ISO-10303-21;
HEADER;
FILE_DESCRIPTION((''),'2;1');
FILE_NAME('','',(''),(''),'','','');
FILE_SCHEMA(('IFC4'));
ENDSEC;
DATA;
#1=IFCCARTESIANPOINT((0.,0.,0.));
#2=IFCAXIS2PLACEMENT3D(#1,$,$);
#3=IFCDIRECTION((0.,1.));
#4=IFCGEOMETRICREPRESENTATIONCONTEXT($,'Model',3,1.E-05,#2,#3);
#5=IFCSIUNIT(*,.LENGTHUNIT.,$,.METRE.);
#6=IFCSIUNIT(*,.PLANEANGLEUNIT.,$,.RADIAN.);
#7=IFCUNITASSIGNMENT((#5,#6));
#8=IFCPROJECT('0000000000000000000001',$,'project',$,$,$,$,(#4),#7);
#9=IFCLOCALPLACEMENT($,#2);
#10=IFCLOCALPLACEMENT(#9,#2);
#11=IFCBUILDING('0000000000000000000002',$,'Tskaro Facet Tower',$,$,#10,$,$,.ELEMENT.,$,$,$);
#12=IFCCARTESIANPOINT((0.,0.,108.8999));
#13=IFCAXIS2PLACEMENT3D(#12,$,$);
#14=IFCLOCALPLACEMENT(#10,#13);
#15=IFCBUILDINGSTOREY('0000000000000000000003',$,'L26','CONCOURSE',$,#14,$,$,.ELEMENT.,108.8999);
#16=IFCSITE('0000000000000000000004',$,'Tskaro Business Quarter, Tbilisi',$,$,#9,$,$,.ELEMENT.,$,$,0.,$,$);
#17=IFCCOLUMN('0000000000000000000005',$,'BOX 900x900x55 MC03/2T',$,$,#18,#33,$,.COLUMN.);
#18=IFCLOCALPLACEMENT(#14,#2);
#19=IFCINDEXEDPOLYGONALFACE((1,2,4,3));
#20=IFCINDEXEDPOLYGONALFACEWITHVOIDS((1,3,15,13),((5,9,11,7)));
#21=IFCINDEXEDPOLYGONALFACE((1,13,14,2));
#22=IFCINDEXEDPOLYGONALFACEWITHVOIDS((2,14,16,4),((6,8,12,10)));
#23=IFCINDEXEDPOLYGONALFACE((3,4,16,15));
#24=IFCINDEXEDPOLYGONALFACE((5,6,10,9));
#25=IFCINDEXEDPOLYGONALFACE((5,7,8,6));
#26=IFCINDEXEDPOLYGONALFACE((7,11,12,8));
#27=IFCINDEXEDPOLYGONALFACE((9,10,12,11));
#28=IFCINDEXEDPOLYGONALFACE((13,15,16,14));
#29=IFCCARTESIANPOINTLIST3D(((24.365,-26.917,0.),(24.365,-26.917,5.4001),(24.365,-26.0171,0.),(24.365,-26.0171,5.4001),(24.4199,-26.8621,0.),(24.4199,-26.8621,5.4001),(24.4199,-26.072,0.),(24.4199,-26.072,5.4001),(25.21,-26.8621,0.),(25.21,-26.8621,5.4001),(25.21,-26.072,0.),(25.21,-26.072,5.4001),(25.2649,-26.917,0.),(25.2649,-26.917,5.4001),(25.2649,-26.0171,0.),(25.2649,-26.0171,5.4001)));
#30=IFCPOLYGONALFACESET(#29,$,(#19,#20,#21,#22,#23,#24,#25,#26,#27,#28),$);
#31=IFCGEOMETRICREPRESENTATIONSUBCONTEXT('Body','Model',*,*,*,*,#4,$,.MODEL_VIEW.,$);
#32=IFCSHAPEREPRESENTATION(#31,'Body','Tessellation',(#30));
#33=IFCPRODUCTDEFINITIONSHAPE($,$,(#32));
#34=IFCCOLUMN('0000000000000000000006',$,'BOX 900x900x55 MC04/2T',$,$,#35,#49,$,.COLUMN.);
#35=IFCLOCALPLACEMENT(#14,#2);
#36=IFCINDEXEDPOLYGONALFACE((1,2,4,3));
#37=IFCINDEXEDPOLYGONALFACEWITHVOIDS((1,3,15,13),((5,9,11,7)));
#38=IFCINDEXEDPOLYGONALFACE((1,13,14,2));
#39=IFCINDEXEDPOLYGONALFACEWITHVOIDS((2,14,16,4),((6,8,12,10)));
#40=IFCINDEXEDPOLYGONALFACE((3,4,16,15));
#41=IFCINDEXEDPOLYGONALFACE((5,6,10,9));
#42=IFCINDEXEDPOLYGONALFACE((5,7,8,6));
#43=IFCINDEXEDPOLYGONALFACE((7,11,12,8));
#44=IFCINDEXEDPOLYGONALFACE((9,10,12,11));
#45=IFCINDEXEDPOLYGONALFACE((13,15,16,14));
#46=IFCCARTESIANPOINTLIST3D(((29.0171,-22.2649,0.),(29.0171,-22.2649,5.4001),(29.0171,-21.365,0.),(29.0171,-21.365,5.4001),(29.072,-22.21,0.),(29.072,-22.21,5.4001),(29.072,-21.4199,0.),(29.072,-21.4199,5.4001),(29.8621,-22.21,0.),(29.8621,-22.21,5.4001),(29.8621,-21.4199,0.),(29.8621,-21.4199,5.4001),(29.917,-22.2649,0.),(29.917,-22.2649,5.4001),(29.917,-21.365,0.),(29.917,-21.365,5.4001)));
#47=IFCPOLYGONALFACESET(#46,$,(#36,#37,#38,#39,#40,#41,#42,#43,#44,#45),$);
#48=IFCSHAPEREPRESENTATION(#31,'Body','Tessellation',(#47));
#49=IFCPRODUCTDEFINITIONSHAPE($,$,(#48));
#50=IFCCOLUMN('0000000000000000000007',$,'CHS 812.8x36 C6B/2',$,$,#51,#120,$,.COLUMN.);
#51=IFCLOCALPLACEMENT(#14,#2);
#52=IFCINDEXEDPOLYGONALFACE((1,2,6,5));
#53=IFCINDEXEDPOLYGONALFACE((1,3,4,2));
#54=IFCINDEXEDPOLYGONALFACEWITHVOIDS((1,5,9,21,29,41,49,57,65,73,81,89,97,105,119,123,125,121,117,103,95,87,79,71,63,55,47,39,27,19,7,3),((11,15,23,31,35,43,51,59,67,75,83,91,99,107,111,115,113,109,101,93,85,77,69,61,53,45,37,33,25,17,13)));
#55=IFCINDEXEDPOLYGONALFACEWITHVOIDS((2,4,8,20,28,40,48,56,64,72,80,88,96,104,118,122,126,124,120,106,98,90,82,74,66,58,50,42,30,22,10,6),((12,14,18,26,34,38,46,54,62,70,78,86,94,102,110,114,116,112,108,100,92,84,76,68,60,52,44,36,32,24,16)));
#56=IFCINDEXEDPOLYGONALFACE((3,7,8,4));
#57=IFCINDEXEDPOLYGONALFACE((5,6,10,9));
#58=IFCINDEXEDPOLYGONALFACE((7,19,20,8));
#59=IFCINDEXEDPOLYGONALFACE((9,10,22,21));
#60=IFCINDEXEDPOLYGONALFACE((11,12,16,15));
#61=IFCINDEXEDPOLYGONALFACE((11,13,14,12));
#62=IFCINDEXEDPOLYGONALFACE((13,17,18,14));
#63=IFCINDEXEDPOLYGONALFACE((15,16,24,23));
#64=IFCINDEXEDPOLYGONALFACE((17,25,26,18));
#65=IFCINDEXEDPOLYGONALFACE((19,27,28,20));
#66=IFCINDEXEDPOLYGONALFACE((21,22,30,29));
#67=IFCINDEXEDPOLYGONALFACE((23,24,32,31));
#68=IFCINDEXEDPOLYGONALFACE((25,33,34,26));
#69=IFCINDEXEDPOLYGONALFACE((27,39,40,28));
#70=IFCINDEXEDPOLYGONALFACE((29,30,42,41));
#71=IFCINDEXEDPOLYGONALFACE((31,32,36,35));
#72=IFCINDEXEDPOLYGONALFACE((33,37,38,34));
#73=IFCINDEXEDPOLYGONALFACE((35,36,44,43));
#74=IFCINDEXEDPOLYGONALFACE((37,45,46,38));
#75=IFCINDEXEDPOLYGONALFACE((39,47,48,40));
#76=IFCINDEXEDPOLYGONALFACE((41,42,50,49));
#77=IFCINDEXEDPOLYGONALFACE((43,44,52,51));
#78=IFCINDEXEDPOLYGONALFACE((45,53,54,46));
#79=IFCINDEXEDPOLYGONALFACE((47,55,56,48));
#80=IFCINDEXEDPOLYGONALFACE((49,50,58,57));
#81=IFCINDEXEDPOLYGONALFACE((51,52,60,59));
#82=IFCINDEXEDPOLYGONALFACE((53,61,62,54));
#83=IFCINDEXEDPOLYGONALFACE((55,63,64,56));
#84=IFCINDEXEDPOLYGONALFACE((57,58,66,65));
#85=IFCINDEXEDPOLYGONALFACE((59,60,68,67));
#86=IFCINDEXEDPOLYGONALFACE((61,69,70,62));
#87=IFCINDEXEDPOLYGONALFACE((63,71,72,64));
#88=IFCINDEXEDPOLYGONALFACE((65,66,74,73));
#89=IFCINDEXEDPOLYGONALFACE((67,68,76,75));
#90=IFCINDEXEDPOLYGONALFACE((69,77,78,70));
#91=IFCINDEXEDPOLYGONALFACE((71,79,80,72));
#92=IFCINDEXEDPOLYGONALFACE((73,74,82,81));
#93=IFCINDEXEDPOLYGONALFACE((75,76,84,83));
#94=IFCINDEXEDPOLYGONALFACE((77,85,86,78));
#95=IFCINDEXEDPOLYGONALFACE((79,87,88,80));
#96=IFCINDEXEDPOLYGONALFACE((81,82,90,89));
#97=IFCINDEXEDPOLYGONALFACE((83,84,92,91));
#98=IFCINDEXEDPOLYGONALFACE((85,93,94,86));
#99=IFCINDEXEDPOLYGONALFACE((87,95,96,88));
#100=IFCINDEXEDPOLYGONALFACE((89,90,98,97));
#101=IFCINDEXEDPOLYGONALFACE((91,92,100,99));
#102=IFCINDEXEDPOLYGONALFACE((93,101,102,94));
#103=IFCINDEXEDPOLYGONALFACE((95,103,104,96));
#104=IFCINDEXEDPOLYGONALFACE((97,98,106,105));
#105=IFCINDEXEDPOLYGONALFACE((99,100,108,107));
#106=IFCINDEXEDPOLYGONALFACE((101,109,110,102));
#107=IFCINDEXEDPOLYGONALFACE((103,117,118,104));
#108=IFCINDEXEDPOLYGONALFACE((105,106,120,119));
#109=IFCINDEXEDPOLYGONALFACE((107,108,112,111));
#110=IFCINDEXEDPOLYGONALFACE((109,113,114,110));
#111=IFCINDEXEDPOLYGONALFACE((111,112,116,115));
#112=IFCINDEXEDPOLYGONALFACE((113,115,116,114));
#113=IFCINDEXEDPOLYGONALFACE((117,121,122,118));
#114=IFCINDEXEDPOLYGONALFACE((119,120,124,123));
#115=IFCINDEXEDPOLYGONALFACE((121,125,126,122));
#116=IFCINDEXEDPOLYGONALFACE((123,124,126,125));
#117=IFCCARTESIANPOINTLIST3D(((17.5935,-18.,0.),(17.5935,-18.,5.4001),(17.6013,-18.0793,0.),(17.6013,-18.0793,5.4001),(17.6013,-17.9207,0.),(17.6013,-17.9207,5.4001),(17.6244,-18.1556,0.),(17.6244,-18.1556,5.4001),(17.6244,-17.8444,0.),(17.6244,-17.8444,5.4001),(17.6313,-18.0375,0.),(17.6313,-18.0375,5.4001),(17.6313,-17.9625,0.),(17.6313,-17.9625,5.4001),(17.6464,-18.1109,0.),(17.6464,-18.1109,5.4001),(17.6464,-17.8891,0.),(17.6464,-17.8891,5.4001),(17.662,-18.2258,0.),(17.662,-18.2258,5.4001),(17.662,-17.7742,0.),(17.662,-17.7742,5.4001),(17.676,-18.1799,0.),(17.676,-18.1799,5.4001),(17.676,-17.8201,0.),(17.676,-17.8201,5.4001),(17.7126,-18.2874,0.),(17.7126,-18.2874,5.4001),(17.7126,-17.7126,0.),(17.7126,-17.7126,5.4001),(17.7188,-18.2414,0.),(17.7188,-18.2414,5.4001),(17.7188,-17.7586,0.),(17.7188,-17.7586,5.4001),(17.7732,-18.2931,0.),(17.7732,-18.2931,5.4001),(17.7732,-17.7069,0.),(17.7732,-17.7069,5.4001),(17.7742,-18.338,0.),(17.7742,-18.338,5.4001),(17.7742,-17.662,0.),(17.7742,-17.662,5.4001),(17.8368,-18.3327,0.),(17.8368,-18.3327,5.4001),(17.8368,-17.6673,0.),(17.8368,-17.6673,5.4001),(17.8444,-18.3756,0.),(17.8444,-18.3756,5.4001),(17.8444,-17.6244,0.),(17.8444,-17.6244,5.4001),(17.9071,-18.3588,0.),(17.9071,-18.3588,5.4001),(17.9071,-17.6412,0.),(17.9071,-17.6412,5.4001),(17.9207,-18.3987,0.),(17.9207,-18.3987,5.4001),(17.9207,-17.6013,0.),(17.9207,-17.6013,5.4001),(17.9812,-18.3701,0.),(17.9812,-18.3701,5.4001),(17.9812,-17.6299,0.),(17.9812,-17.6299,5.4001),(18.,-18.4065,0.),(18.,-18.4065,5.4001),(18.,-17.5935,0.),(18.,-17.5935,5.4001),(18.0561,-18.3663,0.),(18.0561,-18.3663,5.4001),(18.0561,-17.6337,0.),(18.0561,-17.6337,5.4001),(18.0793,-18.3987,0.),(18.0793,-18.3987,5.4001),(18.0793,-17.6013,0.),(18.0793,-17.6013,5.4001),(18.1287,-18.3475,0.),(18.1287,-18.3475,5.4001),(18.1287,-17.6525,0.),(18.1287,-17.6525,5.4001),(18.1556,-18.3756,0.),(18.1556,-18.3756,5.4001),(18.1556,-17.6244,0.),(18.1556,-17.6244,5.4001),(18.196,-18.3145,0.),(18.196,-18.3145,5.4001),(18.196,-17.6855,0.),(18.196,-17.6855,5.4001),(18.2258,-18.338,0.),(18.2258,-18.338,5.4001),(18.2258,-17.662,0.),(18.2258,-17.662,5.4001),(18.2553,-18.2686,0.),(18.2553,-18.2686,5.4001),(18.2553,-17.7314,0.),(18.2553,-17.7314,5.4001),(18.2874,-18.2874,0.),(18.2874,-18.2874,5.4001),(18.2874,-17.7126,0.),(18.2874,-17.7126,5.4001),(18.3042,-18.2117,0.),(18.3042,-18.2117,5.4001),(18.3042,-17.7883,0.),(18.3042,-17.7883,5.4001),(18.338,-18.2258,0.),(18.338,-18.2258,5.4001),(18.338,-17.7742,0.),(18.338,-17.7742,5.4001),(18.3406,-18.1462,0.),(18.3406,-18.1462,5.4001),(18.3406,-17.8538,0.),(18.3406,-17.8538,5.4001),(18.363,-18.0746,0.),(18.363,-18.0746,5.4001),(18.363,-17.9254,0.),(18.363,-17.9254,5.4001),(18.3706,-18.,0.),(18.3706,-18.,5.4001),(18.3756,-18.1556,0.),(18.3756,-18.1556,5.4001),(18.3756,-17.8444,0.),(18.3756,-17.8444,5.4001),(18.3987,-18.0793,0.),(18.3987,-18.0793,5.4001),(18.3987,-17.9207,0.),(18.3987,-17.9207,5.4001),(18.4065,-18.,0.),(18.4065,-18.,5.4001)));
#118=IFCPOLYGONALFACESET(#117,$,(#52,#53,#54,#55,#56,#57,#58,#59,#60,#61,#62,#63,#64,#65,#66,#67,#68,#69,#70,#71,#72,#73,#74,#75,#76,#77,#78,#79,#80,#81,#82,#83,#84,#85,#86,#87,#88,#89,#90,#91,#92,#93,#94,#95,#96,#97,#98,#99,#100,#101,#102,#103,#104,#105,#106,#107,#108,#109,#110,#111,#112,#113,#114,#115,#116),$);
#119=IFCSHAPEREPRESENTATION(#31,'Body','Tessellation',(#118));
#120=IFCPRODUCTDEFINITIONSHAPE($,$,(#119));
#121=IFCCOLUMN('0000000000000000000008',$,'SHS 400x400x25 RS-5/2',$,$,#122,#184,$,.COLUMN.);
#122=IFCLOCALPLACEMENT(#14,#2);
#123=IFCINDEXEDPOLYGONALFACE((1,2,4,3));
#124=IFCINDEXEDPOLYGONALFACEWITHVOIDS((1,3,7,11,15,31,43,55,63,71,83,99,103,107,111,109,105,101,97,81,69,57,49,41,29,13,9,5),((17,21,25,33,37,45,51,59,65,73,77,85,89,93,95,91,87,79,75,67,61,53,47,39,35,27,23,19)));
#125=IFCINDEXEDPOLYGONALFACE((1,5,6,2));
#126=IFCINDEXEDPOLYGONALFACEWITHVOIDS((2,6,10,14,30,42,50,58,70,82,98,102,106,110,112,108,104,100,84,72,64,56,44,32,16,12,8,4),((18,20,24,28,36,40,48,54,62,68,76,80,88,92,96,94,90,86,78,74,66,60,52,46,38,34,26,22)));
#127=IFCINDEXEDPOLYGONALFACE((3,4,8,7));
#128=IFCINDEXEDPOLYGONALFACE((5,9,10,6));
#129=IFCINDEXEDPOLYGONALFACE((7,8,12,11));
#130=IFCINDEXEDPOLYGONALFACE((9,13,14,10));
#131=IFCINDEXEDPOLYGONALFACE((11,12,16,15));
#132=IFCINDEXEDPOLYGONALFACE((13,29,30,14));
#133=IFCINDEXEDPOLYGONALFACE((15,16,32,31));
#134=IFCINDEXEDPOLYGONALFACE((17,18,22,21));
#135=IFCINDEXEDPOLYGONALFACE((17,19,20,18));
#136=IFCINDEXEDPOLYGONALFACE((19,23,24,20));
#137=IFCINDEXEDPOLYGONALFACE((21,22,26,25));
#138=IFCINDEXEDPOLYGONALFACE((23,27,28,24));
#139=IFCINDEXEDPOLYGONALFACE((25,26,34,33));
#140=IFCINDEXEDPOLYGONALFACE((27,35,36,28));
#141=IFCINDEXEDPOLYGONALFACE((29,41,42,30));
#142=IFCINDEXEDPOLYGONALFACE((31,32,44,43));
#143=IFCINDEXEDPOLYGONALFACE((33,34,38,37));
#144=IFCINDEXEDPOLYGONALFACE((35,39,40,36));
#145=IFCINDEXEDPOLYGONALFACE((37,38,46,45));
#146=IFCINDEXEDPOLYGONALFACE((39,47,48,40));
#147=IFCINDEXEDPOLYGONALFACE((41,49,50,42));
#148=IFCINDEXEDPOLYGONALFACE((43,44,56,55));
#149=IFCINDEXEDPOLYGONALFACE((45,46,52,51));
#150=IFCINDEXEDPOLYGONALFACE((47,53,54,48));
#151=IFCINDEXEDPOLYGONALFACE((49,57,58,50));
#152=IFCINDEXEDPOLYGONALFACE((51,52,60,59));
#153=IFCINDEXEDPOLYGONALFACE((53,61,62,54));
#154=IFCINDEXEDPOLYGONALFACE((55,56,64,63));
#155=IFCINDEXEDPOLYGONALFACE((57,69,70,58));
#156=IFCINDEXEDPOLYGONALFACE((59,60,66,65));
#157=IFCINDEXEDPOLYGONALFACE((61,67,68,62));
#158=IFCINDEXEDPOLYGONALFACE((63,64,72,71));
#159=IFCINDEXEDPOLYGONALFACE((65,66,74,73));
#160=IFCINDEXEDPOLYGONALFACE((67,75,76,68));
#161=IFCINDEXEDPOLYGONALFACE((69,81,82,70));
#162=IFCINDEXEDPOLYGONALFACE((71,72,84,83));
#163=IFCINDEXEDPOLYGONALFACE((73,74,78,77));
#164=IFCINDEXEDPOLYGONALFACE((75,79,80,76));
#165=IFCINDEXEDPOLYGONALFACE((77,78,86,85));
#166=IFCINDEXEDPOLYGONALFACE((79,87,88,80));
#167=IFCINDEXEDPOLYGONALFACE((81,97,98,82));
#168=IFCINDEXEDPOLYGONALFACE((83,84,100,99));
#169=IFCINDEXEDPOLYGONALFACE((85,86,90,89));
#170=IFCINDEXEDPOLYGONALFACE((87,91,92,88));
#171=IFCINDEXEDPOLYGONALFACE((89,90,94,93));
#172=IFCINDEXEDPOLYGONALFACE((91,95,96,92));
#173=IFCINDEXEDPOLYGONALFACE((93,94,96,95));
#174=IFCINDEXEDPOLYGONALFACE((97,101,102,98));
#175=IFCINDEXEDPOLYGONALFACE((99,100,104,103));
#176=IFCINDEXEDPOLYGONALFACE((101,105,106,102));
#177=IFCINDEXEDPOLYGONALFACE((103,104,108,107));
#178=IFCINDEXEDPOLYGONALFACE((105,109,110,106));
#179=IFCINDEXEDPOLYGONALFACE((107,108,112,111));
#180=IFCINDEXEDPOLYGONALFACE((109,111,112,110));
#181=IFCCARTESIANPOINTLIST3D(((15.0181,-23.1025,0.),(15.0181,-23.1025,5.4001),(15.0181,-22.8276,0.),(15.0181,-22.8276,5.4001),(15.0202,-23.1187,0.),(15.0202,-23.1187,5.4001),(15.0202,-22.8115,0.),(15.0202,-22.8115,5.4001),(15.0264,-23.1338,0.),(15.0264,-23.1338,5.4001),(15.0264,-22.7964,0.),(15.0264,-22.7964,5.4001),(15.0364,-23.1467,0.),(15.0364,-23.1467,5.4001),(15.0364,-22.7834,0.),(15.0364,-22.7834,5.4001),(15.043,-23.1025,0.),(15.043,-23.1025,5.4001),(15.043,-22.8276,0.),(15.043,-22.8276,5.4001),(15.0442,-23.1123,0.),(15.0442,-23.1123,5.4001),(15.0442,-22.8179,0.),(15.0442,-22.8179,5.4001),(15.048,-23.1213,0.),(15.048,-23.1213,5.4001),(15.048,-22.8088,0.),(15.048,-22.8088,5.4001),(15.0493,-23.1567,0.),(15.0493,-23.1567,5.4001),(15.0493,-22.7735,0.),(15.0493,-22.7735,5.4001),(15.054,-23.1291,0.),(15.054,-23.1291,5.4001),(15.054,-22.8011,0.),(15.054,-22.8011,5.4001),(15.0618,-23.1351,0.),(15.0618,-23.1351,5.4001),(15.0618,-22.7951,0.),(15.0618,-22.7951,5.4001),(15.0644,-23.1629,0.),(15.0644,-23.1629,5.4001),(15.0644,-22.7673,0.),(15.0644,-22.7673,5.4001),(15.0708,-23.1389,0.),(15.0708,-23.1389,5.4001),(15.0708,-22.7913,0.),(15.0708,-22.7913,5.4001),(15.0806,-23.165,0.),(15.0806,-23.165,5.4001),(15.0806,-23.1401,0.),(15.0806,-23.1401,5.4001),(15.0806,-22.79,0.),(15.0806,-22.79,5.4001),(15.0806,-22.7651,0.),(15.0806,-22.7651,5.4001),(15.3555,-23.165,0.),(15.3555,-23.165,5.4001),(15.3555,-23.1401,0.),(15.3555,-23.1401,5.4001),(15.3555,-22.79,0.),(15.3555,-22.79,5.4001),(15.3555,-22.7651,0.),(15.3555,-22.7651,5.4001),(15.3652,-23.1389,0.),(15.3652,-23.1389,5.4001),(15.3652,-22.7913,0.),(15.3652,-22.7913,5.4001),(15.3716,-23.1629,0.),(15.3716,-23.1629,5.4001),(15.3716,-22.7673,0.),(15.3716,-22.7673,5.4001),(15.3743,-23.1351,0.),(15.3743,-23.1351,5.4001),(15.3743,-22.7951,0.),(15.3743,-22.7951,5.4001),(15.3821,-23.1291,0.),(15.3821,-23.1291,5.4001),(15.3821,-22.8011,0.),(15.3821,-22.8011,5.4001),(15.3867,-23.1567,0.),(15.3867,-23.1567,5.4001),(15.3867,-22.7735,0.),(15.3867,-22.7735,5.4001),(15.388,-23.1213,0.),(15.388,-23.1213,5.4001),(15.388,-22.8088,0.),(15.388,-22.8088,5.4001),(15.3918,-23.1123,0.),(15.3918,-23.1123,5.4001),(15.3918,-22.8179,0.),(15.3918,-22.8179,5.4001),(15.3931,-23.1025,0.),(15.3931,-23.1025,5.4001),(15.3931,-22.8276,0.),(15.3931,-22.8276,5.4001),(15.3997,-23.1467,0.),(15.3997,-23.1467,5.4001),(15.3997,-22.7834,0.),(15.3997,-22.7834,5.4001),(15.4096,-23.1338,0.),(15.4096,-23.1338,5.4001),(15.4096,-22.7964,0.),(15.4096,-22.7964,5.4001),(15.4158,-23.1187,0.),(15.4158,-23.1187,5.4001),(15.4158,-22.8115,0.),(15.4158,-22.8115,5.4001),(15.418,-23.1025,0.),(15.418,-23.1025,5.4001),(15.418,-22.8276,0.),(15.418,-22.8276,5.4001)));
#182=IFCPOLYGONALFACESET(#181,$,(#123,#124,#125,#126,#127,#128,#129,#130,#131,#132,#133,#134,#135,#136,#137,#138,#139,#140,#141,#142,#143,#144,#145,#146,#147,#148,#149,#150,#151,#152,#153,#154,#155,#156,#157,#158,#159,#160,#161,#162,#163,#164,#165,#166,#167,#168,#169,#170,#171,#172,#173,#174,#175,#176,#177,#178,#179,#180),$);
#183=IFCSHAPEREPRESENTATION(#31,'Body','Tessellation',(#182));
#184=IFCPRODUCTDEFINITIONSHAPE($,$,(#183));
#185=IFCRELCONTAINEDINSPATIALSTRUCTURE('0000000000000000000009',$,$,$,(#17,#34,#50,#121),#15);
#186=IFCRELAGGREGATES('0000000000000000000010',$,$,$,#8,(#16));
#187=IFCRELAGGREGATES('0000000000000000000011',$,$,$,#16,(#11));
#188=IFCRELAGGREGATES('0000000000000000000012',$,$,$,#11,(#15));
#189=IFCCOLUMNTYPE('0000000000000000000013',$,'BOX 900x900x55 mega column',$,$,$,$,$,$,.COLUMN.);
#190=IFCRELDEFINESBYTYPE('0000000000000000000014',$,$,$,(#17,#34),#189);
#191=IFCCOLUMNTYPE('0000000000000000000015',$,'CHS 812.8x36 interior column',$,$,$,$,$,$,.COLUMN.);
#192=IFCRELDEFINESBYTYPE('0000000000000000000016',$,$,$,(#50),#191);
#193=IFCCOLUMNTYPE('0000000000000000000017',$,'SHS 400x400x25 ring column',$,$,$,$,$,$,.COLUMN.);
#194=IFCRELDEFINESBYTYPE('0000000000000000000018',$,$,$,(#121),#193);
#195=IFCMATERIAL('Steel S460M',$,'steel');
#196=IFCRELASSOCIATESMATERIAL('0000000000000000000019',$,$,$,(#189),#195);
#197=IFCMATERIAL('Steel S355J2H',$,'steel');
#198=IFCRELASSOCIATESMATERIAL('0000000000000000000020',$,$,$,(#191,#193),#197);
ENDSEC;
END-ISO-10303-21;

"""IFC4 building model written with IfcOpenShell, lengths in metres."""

from ifc_helpers import new_model, si_unit, direction, frame, origin, origin_2d, place, context, subcontext, project, spatial, hollow_rectangle, hollow_circle, extrude, material, material_profile, profile_set, type_object, element, save


model = new_model("IFC4")

# Units and contexts
model_context = context("Model", 3, precision=1e-05, world=origin(), true_north=direction((0.0, 1.0)))
body_context = subcontext(model_context, "Body", "Model", "MODEL_VIEW")
ifc_project = project(units=[si_unit("LENGTHUNIT", "METRE"), si_unit("PLANEANGLEUNIT", "RADIAN")], contexts=[model_context])

# Site, building, storey
site_placement = place(None, origin())
site = spatial("IfcSite", under=ifc_project, at=site_placement, Name="Tskaro Business Quarter, Tbilisi", CompositionType="ELEMENT", RefElevation=0.0)
building_placement = place(site_placement, origin())
building = spatial("IfcBuilding", under=site, at=building_placement, Name="Tskaro Facet Tower", CompositionType="ELEMENT")
storey_placement = place(building_placement, frame((0.0, 0.0, 108.8999)))
storey = spatial("IfcBuildingStorey", under=building, at=storey_placement, Name="L26", Description="CONCOURSE", CompositionType="ELEMENT", Elevation=108.8999)

# Columns
ifc_material_1 = material(Name="Steel S460M", Category="steel")
ifc_material_profile_1 = material_profile(ifc_material_1, hollow_rectangle(XDim=0.8999, YDim=0.8999, WallThickness=0.0549, at=origin_2d()), Name="BOX 900x900x55")
ifc_profile_set_1 = profile_set([ifc_material_profile_1], Name="Steel S460M")
column_type_1 = type_object("IfcColumnType", Name="BOX 900x900x55 mega column", PredefinedType="COLUMN", material=ifc_profile_set_1)
for number, where, z_axis, x_axis, name in (
    (1, (24.8149, -26.467, 0.0), (0.0, 0.0, 1.0), (1.0, 0.0, 0.0), "BOX 900x900x55 MC03/2T"),
    (2, (29.467, -21.8149, 0.0), (0.0, 0.0, 1.0), (1.0, 0.0, 0.0), "BOX 900x900x55 MC04/2T"),
):
    element("IfcColumn", number, at=place(storey_placement, frame(where, z_axis=z_axis, x_axis=x_axis)), inside=storey, type_object=column_type_1, Name=name, PredefinedType="COLUMN", context=body_context, shape_type="SweptSolid", body=[
        extrude(hollow_rectangle(XDim=0.8999, YDim=0.8999, WallThickness=0.0549, at=origin_2d()), origin(), (0.0, 0.0, 1.0), 5.4001),
    ])
ifc_material_2 = material(Name="Steel S355J2H", Category="steel")
ifc_material_profile_2 = material_profile(ifc_material_2, hollow_circle(Radius=0.4065, WallThickness=0.0359, at=origin_2d()), Name="CHS 812.8x36")
ifc_profile_set_2 = profile_set([ifc_material_profile_2], Name="Steel S355J2H")
column_type_2 = type_object("IfcColumnType", Name="CHS 812.8x36 interior column", PredefinedType="COLUMN", material=ifc_profile_set_2)
column_placement = place(storey_placement, frame((18.0, -18.0, 0.0), z_axis=(0.0, 0.0, 1.0), x_axis=(1.0, 0.0, 0.0)))
element("IfcColumn", 3, at=column_placement, inside=storey, type_object=column_type_2, Name="CHS 812.8x36 C6B/2", PredefinedType="COLUMN", context=body_context, shape_type="SweptSolid", body=[
    extrude(hollow_circle(Radius=0.4065, WallThickness=0.0359, at=origin_2d()), origin(), (0.0, 0.0, 1.0), 5.4001),
])
ifc_material_profile_3 = material_profile(ifc_material_2, hollow_rectangle(XDim=0.3999, YDim=0.3999, WallThickness=0.0249, InnerFilletRadius=0.0376, OuterFilletRadius=0.0625, at=origin_2d()), Name="SHS 400x400x25")
ifc_profile_set_3 = profile_set([ifc_material_profile_3], Name="Steel S355J2H")
column_type_3 = type_object("IfcColumnType", Name="SHS 400x400x25 ring column", PredefinedType="COLUMN", material=ifc_profile_set_3)
for number, where, z_axis, x_axis, name in (
    (4, (15.218, -22.9651, 0.0), (0.0, 0.0, 1.0), (1.0, 0.0, 0.0), "SHS 400x400x25 RS-5/2"),
):
    element("IfcColumn", number, at=place(storey_placement, frame(where, z_axis=z_axis, x_axis=x_axis)), inside=storey, type_object=column_type_3, Name=name, PredefinedType="COLUMN", context=body_context, shape_type="SweptSolid", body=[
        extrude(hollow_rectangle(XDim=0.3999, YDim=0.3999, WallThickness=0.0249, InnerFilletRadius=0.0376, OuterFilletRadius=0.0625, at=origin_2d()), origin(), (0.0, 0.0, 1.0), 5.4001),
    ])

save(model, "model.ifc")
